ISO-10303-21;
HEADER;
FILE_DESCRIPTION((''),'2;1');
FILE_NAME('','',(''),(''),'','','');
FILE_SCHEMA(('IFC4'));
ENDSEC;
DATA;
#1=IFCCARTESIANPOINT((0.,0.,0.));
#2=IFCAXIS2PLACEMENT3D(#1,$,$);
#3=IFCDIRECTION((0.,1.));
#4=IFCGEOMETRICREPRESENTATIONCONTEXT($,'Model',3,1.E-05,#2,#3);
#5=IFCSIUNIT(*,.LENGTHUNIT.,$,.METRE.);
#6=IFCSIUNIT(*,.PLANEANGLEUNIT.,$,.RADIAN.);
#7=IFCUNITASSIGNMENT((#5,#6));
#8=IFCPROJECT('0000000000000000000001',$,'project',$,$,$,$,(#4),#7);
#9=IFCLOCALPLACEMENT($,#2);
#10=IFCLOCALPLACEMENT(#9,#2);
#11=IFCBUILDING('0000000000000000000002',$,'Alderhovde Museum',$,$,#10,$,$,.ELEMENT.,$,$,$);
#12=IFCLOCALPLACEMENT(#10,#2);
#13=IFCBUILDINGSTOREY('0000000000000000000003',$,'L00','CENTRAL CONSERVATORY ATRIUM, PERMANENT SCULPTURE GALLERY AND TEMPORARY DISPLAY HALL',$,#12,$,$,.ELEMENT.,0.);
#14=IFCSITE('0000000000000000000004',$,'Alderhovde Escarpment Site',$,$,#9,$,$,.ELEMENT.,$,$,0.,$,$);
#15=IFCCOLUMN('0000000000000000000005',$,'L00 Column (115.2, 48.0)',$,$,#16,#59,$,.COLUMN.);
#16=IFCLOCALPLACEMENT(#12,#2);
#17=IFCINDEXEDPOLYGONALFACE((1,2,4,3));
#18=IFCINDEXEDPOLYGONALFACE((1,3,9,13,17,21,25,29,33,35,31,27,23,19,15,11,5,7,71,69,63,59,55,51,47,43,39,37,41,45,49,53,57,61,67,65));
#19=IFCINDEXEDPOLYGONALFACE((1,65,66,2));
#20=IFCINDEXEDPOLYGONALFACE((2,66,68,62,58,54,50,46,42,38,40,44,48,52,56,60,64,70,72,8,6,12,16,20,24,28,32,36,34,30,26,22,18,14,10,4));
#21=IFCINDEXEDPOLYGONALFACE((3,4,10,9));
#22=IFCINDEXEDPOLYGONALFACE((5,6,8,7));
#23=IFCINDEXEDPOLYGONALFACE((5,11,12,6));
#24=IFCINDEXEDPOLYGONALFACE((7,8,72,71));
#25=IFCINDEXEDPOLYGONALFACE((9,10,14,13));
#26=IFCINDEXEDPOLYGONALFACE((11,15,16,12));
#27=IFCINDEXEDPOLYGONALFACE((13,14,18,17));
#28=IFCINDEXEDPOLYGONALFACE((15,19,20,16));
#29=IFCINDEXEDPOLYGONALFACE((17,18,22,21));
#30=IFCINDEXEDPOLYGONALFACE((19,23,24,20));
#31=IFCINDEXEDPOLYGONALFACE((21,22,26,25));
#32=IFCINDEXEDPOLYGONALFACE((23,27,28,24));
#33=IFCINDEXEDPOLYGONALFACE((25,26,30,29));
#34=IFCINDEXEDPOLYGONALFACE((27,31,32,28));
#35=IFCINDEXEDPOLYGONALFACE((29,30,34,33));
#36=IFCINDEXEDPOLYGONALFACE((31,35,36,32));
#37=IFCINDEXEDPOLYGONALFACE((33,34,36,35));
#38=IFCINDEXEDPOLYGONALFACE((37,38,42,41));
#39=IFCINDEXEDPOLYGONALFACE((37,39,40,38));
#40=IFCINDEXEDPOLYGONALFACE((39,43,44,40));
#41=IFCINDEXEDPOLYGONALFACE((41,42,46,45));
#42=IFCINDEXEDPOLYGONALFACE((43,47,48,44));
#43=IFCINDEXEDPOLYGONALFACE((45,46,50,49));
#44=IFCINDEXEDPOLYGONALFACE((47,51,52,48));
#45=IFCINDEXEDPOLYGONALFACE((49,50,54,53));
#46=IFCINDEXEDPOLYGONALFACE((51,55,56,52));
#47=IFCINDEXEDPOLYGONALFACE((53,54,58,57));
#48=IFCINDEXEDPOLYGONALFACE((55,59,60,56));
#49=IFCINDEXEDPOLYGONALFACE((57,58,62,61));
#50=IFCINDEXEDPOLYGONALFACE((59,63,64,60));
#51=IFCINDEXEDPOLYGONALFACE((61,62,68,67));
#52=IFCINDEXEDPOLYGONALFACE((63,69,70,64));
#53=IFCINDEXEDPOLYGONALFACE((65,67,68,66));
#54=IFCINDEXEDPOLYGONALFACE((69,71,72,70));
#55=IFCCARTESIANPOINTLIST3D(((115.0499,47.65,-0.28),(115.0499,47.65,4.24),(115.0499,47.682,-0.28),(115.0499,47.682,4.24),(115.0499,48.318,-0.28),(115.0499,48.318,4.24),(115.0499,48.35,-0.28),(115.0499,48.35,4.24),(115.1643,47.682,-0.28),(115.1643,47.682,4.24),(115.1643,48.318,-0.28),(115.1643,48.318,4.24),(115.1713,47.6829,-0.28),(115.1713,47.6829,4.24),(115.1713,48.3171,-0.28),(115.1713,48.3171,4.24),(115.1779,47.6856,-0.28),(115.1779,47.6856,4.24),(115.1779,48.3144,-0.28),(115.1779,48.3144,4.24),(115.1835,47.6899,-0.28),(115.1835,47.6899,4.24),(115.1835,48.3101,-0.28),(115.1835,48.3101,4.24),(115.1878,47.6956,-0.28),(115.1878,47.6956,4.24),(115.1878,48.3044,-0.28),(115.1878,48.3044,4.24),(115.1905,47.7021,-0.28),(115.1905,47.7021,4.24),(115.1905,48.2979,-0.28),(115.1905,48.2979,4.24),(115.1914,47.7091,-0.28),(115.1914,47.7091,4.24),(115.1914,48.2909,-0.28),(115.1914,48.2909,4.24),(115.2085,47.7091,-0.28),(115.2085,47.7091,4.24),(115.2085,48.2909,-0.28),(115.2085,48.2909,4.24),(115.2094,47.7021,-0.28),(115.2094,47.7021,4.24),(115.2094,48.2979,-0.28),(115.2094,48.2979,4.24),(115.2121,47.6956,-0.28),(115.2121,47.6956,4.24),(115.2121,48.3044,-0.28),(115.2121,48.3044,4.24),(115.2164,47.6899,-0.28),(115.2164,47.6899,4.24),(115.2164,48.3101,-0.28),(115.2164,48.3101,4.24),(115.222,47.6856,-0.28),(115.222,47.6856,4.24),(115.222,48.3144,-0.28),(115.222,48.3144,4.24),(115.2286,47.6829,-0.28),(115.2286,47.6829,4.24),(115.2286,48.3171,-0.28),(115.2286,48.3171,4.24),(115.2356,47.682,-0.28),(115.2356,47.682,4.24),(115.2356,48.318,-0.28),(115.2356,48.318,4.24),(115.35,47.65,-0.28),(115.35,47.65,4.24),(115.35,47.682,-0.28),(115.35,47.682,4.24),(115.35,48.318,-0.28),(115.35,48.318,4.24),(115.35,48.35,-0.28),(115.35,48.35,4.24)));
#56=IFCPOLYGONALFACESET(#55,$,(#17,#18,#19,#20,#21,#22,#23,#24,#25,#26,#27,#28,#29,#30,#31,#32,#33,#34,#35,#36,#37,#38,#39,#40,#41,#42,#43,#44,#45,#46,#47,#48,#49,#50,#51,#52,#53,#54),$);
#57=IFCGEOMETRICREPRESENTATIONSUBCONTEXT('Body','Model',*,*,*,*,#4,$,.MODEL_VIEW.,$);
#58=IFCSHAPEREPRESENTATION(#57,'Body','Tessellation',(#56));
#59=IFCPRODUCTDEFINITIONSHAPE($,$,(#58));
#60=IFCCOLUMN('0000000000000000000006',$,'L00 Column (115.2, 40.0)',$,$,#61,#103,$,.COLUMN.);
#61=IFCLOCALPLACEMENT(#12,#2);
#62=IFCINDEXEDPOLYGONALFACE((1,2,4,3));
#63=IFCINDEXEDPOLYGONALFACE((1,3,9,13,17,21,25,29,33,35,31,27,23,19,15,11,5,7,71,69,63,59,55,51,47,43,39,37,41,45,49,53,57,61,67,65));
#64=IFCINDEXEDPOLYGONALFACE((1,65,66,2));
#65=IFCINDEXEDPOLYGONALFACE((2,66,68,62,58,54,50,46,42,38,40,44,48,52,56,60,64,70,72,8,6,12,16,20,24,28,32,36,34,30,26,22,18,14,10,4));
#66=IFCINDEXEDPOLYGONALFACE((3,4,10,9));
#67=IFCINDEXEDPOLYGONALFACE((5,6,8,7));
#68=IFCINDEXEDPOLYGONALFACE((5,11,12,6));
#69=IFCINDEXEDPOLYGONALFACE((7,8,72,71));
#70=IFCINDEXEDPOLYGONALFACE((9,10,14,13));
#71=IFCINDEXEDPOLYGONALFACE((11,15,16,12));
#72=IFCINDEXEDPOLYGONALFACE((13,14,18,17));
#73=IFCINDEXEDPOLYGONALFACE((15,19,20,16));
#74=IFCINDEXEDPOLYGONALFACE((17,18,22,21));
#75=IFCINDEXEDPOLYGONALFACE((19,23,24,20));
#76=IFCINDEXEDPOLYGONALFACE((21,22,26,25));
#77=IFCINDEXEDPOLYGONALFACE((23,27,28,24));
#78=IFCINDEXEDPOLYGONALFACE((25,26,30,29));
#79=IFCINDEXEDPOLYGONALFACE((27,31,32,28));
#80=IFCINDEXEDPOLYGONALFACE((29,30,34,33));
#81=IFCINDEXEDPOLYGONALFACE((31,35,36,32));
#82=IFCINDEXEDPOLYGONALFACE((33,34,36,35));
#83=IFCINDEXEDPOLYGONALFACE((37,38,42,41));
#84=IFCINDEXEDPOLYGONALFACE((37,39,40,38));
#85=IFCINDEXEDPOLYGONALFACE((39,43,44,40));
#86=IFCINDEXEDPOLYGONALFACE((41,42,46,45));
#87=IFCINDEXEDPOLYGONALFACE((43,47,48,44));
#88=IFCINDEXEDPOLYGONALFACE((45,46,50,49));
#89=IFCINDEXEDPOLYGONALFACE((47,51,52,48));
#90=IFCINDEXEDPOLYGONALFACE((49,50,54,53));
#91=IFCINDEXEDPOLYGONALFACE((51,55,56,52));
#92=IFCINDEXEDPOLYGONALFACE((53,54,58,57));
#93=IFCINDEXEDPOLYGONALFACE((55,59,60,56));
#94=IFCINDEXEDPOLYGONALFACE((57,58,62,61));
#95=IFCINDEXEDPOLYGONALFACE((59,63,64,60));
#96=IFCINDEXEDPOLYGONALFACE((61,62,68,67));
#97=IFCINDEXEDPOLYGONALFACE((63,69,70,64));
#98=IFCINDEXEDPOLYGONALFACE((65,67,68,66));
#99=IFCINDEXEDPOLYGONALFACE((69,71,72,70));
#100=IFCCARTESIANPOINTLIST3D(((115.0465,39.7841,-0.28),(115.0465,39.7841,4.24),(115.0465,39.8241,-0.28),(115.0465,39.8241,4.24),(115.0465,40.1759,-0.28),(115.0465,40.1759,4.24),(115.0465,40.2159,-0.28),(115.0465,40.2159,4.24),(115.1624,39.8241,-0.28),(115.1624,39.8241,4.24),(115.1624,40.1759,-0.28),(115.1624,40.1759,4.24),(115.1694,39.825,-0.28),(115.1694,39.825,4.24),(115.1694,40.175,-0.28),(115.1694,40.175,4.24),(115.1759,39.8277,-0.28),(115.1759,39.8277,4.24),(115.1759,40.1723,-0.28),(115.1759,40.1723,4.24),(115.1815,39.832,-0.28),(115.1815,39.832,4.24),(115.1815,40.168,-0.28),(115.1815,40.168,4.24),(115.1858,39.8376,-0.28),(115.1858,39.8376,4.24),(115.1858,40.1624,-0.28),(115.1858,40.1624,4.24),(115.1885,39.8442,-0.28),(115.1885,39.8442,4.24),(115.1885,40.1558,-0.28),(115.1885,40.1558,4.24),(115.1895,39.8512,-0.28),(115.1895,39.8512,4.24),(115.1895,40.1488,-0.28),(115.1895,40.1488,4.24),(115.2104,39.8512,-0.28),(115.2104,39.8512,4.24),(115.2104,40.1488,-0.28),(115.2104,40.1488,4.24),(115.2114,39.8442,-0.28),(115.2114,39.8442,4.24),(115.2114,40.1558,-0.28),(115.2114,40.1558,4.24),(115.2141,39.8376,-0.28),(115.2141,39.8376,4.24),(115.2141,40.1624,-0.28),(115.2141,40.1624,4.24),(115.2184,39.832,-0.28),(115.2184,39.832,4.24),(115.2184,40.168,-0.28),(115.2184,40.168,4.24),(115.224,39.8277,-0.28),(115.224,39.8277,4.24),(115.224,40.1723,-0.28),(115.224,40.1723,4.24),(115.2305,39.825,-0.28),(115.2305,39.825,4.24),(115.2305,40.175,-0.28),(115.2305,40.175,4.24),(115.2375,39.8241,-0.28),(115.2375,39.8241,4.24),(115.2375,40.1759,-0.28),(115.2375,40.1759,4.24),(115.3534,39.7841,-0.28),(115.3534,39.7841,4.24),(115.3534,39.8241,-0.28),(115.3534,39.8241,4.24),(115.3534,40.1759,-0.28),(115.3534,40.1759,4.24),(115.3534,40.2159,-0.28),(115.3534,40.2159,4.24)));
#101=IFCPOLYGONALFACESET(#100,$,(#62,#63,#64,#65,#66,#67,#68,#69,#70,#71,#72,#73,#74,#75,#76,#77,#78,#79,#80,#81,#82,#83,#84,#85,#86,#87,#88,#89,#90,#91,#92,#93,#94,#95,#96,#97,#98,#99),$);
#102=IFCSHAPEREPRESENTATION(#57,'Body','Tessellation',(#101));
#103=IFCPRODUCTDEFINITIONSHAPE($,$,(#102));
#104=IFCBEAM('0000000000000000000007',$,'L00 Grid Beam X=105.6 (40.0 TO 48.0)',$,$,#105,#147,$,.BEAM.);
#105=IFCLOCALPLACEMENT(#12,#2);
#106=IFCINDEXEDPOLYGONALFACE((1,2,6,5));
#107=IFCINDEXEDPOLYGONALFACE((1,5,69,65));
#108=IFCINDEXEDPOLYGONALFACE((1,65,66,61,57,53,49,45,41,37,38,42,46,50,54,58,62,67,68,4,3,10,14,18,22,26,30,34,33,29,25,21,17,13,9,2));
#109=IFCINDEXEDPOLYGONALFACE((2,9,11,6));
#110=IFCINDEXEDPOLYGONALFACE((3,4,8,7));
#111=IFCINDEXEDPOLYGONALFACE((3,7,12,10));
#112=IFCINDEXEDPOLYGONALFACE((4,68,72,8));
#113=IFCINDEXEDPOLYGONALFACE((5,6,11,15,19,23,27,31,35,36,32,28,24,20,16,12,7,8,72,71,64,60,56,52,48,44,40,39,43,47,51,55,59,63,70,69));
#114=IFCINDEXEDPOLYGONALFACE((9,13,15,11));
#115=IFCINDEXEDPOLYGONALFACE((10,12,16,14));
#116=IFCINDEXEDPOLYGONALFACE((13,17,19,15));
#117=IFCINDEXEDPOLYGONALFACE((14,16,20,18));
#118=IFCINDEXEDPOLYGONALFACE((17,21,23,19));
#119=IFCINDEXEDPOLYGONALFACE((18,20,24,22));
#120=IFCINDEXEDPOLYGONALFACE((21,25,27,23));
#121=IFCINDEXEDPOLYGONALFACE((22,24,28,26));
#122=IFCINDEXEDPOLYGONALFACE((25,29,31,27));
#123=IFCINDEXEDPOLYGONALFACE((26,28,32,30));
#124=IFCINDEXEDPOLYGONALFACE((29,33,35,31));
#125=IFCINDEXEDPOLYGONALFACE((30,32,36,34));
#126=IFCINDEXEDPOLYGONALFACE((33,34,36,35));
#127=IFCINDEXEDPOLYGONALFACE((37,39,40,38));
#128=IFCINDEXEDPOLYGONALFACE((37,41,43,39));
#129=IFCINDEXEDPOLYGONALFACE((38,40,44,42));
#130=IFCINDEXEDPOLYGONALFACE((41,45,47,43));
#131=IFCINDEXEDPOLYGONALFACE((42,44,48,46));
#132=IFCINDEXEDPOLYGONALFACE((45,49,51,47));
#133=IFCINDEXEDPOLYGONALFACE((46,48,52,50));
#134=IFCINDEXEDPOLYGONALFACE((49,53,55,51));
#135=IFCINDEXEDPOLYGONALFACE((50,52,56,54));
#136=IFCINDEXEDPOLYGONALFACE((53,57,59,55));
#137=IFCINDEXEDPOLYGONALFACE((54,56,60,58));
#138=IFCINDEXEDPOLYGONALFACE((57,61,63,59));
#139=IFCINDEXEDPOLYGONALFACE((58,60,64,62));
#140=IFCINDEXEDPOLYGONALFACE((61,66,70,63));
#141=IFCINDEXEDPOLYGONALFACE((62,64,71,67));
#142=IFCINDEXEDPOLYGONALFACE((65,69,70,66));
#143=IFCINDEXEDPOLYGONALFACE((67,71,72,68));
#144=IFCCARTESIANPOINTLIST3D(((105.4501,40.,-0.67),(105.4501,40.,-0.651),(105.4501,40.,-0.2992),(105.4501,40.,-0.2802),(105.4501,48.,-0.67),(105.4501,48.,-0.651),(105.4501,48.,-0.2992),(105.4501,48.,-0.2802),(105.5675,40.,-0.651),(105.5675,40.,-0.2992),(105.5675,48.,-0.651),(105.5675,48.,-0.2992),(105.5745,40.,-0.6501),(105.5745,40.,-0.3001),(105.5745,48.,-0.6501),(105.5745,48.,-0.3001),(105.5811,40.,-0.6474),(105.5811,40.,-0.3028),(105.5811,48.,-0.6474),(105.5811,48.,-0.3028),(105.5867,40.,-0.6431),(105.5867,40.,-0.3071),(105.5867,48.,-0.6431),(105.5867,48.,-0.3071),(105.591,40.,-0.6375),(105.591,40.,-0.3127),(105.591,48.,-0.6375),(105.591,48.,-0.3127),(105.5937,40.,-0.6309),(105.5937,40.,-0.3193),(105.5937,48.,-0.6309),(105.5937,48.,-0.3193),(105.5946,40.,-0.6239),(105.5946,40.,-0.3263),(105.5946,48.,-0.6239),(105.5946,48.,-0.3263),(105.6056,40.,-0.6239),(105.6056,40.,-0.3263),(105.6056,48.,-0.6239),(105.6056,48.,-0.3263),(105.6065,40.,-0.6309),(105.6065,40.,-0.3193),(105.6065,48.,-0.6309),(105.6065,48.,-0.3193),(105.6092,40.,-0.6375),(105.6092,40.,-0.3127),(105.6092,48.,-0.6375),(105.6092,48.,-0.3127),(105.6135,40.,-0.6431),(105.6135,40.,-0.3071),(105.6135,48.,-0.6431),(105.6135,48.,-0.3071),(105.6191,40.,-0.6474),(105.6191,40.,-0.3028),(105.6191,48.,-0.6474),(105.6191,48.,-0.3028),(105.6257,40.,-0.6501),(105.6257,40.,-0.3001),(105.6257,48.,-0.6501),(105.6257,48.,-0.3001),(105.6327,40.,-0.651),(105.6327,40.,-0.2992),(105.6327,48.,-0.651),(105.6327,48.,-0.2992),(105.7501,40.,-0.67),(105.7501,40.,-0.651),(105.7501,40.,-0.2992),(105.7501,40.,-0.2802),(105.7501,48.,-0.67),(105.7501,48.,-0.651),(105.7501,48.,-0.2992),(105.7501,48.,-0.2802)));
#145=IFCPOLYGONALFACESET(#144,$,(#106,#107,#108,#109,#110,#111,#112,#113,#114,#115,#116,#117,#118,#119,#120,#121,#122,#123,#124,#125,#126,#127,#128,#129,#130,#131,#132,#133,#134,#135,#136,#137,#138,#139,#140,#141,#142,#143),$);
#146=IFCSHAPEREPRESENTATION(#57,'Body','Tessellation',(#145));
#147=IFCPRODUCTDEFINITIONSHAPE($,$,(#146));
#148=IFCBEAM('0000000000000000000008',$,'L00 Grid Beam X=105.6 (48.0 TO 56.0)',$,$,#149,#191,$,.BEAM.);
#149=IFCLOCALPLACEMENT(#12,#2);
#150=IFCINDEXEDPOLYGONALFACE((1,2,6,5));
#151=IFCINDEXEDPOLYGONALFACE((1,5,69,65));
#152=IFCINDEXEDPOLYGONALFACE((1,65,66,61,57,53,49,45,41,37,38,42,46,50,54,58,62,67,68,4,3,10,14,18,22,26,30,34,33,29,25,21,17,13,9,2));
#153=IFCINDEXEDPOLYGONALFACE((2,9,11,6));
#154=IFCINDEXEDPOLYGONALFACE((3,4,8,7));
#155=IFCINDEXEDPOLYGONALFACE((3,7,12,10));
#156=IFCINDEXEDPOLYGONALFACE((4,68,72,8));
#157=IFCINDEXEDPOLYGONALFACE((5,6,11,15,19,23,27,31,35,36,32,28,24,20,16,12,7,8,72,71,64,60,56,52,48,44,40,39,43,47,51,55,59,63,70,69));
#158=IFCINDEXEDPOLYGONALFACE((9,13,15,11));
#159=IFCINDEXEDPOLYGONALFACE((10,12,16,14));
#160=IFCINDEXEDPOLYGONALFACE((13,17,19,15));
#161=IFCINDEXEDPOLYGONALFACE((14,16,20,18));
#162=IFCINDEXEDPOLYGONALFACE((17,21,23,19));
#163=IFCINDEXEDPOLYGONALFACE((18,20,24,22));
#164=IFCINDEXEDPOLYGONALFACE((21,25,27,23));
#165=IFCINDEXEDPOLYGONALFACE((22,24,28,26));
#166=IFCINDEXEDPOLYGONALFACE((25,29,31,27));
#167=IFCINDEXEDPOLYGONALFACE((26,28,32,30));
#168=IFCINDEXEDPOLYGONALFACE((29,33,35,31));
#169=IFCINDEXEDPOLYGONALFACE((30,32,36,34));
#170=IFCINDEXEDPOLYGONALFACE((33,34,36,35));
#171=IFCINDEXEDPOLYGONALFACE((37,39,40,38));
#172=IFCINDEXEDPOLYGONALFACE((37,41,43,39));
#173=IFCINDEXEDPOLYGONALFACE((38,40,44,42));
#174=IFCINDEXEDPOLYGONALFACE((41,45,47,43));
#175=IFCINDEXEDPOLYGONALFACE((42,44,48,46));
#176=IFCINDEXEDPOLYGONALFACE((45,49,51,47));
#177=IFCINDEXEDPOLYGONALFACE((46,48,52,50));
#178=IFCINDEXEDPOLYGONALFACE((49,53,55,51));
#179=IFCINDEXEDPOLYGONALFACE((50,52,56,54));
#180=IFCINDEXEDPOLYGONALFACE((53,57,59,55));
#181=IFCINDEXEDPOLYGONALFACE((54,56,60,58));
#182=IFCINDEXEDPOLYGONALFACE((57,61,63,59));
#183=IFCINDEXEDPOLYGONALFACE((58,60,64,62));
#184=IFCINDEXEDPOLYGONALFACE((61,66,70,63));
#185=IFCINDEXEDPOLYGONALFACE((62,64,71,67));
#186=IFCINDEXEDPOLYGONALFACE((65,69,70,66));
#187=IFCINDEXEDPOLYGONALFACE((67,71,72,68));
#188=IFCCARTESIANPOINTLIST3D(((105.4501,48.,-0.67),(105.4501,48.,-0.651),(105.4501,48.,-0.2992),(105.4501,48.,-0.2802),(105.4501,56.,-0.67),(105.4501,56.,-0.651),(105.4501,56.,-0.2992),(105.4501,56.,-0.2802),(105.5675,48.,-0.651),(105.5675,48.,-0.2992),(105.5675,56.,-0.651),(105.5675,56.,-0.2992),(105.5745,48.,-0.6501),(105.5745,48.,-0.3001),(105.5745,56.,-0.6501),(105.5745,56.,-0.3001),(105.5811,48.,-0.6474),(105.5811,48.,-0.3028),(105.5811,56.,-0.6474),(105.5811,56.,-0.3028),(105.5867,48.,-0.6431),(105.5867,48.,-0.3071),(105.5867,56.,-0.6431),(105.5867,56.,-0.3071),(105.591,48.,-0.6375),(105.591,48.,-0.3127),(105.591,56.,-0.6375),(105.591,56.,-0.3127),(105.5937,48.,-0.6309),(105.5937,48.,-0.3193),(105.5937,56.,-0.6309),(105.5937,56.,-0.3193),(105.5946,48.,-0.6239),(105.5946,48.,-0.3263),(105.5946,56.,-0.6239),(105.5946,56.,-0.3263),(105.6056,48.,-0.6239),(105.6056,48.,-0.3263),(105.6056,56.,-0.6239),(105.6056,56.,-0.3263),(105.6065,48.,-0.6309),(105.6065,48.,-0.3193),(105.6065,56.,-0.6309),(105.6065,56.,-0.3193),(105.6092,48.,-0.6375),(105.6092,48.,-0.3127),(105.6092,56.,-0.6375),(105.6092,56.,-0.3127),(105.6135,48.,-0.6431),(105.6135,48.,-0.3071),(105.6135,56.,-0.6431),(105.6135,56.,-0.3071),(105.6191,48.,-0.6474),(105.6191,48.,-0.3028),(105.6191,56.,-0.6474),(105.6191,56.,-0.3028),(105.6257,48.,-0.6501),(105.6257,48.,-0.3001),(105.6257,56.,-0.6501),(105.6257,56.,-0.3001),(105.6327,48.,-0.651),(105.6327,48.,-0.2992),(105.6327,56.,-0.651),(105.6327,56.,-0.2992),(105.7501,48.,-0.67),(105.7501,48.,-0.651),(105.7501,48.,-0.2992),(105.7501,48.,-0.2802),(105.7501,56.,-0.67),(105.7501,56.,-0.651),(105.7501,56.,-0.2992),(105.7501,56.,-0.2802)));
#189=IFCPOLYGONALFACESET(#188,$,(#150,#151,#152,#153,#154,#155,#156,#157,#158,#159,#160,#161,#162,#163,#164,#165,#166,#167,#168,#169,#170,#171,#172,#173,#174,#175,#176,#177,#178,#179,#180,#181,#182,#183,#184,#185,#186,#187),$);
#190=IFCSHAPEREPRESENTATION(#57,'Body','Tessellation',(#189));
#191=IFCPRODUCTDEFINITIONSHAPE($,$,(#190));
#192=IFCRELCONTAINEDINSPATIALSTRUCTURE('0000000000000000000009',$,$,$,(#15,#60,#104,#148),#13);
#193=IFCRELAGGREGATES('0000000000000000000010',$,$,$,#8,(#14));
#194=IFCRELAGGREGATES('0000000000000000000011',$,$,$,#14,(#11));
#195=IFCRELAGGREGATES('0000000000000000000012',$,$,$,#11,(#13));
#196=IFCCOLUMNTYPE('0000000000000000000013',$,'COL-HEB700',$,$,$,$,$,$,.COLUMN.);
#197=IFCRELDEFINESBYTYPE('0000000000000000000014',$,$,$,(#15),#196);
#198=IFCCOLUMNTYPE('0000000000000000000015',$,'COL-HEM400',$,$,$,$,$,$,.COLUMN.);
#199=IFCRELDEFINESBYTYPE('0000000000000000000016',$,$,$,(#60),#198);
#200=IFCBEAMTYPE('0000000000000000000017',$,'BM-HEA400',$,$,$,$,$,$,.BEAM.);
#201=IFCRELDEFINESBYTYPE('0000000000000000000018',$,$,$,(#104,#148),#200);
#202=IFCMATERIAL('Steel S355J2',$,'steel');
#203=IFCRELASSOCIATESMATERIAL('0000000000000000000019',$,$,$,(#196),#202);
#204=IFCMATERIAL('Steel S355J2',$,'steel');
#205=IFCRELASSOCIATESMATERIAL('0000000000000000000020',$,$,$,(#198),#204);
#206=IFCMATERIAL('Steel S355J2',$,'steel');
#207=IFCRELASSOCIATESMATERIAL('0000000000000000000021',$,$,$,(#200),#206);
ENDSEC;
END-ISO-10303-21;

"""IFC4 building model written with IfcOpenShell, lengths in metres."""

from ifc_helpers import new_model, si_unit, direction, frame, origin, origin_2d, place, context, subcontext, project, spatial, i_section, extrude, material, material_profile, profile_set, type_object, element, save


model = new_model("IFC4")

# Units and contexts
model_context = context("Model", 3, precision=1e-05, world=origin(), true_north=direction((0.0, 1.0)))
body_context = subcontext(model_context, "Body", "Model", "MODEL_VIEW")
ifc_project = project(units=[si_unit("LENGTHUNIT", "METRE"), si_unit("PLANEANGLEUNIT", "RADIAN")], contexts=[model_context])

# Site, building, storey
site_placement = place(None, origin())
site = spatial("IfcSite", under=ifc_project, at=site_placement, Name="Alderhovde Escarpment Site", CompositionType="ELEMENT", RefElevation=0.0)
building_placement = place(site_placement, origin())
building = spatial("IfcBuilding", under=site, at=building_placement, Name="Alderhovde Museum", CompositionType="ELEMENT")
storey_placement = place(building_placement, origin())
storey = spatial("IfcBuildingStorey", under=building, at=storey_placement, Name="L00", Description="CENTRAL CONSERVATORY ATRIUM, PERMANENT SCULPTURE GALLERY AND TEMPORARY DISPLAY HALL", CompositionType="ELEMENT", Elevation=0.0)

# Columns
ifc_material_1 = material(Name="Steel S355J2", Category="steel")
ifc_material_profile_1 = material_profile(ifc_material_1, i_section(OverallWidth=0.3, OverallDepth=0.7, WebThickness=0.0171, FlangeThickness=0.032, FilletRadius=0.0271, at=origin_2d()), Name="HEB 700")
ifc_profile_set_1 = profile_set([ifc_material_profile_1], Name="Steel S355J2")
column_type_1 = type_object("IfcColumnType", Name="COL-HEB700", PredefinedType="COLUMN", material=ifc_profile_set_1)
column_1_placement = place(storey_placement, frame((115.2, 48.0, -0.28), z_axis=(0.0, 0.0, 1.0), x_axis=(1.0, 0.0, 0.0)))
element("IfcColumn", 1, at=column_1_placement, inside=storey, type_object=column_type_1, Name="L00 Column (115.2, 48.0)", PredefinedType="COLUMN", context=body_context, shape_type="SweptSolid", body=[
    extrude(i_section(OverallWidth=0.3, OverallDepth=0.7, WebThickness=0.0171, FlangeThickness=0.032, FilletRadius=0.0271, at=origin_2d()), origin(), (0.0, 0.0, 1.0), 4.52),
])
ifc_material_2 = material(Name="Steel S355J2", Category="steel")
ifc_material_profile_2 = material_profile(ifc_material_2, i_section(OverallWidth=0.3069, OverallDepth=0.4319, WebThickness=0.021, FlangeThickness=0.04, FilletRadius=0.0271, at=origin_2d()), Name="HEM 400")
ifc_profile_set_2 = profile_set([ifc_material_profile_2], Name="Steel S355J2")
column_type_2 = type_object("IfcColumnType", Name="COL-HEM400", PredefinedType="COLUMN", material=ifc_profile_set_2)
column_2_placement = place(storey_placement, frame((115.2, 40.0, -0.28), z_axis=(0.0, 0.0, 1.0), x_axis=(1.0, 0.0, 0.0)))
element("IfcColumn", 2, at=column_2_placement, inside=storey, type_object=column_type_2, Name="L00 Column (115.2, 40.0)", PredefinedType="COLUMN", context=body_context, shape_type="SweptSolid", body=[
    extrude(i_section(OverallWidth=0.3069, OverallDepth=0.4319, WebThickness=0.021, FlangeThickness=0.04, FilletRadius=0.0271, at=origin_2d()), origin(), (0.0, 0.0, 1.0), 4.52),
])

# Beams
ifc_material_3 = material(Name="Steel S355J2", Category="steel")
ifc_material_profile_3 = material_profile(ifc_material_3, i_section(OverallWidth=0.3, OverallDepth=0.3899, WebThickness=0.011, FlangeThickness=0.019, FilletRadius=0.0271, at=origin_2d()), Name="HEA 400")
ifc_profile_set_3 = profile_set([ifc_material_profile_3], Name="Steel S355J2")
beam_type_1 = type_object("IfcBeamType", Name="BM-HEA400", PredefinedType="BEAM", material=ifc_profile_set_3)
for number, where, z_axis, x_axis, name in (
    (3, (105.6001, 40.0, -0.4751), (0.0, 1.0, 0.0), (-1.0, 0.0, 0.0), "L00 Grid Beam X=105.6 (40.0 TO 48.0)"),
    (4, (105.6001, 48.0, -0.4751), (0.0, 1.0, 0.0), (-1.0, 0.0, 0.0), "L00 Grid Beam X=105.6 (48.0 TO 56.0)"),
):
    element("IfcBeam", number, at=place(storey_placement, frame(where, z_axis=z_axis, x_axis=x_axis)), inside=storey, type_object=beam_type_1, Name=name, PredefinedType="BEAM", context=body_context, shape_type="SweptSolid", body=[
        extrude(i_section(OverallWidth=0.3, OverallDepth=0.3899, WebThickness=0.011, FlangeThickness=0.019, FilletRadius=0.0271, at=origin_2d()), origin(), (0.0, 0.0, 1.0), 8.0),
    ])

save(model, "model.ifc")
